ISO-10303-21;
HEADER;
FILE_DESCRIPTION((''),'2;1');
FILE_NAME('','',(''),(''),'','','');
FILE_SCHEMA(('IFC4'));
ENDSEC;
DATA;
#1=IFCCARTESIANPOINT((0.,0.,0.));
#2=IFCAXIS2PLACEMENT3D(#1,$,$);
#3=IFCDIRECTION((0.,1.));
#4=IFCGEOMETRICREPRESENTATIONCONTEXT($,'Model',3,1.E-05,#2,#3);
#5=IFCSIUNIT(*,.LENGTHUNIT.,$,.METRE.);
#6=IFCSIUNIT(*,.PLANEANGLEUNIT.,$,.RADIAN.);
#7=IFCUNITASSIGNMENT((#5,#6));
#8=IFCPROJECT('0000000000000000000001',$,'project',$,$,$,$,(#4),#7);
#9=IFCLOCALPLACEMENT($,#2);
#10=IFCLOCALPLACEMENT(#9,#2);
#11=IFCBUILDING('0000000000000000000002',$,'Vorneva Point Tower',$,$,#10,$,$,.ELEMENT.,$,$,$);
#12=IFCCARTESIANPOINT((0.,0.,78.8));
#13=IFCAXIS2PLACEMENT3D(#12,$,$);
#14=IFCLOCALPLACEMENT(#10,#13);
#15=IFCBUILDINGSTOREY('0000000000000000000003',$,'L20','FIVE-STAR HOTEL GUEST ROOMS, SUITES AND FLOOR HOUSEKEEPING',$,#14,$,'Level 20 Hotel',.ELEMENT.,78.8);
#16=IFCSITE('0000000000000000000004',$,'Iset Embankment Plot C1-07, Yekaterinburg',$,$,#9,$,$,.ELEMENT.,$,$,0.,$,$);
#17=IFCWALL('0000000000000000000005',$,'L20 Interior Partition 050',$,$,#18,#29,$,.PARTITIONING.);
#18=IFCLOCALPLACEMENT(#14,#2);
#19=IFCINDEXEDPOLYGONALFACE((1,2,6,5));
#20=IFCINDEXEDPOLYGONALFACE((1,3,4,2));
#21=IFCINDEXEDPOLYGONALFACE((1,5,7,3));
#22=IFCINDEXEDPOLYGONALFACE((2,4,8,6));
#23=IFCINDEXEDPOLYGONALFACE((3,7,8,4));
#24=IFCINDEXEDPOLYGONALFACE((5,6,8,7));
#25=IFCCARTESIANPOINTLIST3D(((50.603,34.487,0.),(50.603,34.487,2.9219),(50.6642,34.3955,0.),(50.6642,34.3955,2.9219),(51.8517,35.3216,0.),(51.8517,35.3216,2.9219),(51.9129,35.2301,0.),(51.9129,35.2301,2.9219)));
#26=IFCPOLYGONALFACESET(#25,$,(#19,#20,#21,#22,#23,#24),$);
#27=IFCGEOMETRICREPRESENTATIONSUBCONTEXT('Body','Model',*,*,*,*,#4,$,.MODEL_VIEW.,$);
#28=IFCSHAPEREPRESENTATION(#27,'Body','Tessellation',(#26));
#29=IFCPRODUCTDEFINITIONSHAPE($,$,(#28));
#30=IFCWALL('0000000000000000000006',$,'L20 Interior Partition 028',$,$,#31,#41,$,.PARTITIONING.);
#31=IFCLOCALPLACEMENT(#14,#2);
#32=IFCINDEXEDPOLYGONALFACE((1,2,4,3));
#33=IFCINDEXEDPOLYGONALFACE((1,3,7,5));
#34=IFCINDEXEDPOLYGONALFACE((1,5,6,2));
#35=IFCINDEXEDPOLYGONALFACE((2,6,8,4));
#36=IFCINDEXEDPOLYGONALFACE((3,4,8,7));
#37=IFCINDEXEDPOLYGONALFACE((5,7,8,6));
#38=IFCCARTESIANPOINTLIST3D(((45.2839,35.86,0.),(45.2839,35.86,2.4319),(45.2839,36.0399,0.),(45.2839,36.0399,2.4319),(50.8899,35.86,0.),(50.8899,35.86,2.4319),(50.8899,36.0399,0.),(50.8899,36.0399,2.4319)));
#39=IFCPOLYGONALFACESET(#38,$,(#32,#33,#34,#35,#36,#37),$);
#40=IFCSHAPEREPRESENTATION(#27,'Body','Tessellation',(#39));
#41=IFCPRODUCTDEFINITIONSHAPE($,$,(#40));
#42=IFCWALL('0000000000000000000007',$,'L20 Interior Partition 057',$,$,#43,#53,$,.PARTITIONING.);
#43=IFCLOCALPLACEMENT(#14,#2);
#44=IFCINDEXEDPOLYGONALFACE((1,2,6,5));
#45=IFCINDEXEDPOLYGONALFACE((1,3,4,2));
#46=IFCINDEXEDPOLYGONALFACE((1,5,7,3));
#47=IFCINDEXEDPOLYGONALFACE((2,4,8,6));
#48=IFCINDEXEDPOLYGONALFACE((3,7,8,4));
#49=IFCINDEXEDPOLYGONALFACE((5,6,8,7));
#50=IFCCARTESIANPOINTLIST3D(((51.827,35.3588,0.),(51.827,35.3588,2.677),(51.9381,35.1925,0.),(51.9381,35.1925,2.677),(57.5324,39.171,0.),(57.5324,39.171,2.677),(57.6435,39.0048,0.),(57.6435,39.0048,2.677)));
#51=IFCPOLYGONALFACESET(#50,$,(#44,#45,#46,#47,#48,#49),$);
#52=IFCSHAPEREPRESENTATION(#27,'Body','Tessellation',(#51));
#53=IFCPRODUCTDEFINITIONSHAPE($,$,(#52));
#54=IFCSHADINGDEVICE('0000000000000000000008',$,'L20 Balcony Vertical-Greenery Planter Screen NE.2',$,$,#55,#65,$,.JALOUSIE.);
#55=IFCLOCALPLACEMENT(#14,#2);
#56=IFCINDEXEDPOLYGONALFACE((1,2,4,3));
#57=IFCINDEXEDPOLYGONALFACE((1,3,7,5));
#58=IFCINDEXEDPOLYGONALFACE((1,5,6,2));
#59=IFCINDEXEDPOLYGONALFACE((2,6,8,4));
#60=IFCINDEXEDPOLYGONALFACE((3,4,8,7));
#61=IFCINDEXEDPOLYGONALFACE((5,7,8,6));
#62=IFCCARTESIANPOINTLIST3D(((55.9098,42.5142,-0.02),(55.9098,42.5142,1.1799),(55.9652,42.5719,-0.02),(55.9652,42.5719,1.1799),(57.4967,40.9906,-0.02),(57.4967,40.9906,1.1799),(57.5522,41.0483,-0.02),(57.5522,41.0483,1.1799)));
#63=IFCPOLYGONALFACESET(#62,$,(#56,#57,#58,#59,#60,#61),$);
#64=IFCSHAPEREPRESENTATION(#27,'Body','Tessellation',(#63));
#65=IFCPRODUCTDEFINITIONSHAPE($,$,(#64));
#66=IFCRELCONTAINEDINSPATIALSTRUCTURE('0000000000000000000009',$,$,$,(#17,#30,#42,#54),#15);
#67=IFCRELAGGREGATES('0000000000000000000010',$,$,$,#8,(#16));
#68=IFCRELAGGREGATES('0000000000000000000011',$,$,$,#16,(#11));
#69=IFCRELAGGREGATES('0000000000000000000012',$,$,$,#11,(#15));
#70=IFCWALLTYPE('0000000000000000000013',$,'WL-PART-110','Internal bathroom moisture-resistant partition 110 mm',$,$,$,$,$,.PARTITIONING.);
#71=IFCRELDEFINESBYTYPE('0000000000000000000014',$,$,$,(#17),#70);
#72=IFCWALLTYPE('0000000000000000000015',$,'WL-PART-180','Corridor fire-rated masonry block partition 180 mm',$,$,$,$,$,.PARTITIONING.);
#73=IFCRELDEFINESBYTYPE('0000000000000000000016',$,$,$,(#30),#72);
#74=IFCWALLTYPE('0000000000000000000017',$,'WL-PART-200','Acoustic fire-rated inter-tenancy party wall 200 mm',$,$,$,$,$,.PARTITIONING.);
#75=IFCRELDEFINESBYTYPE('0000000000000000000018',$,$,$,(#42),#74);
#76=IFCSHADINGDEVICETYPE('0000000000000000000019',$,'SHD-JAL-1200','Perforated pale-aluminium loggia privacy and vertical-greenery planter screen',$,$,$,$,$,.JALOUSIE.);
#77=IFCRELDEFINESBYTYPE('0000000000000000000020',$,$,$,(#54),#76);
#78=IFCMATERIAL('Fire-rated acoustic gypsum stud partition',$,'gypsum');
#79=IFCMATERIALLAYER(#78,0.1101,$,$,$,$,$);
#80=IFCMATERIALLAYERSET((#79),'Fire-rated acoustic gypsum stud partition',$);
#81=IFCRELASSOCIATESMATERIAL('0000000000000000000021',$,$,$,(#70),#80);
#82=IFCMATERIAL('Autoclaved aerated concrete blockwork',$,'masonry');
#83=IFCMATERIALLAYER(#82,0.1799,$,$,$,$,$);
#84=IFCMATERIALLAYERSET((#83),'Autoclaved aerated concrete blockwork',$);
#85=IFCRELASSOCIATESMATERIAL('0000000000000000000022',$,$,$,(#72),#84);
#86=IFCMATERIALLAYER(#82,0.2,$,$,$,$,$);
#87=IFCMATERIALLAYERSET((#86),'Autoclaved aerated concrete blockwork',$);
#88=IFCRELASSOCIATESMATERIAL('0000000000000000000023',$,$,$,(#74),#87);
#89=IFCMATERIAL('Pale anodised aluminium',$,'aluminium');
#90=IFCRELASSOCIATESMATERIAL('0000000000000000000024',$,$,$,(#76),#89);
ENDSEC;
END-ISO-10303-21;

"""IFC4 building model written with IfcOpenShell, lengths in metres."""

from ifc_helpers import new_model, si_unit, direction, frame, frame_2d, origin, origin_2d, place, context, subcontext, project, spatial, rectangle, extrude, material, layer, layer_set, type_object, element, save


model = new_model("IFC4")

# Units and contexts
model_context = context("Model", 3, precision=1e-05, world=origin(), true_north=direction((0.0, 1.0)))
body_context = subcontext(model_context, "Body", "Model", "MODEL_VIEW")
ifc_project = project(units=[si_unit("LENGTHUNIT", "METRE"), si_unit("PLANEANGLEUNIT", "RADIAN")], contexts=[model_context])

# Site, building, storey
site_placement = place(None, origin())
site = spatial("IfcSite", under=ifc_project, at=site_placement, Name="Iset Embankment Plot C1-07, Yekaterinburg", CompositionType="ELEMENT", RefElevation=0.0)
building_placement = place(site_placement, origin())
building = spatial("IfcBuilding", under=site, at=building_placement, Name="Vorneva Point Tower", CompositionType="ELEMENT")
storey_placement = place(building_placement, frame((0.0, 0.0, 78.8)))
storey = spatial("IfcBuildingStorey", under=building, at=storey_placement, Name="L20", Description="FIVE-STAR HOTEL GUEST ROOMS, SUITES AND FLOOR HOUSEKEEPING", LongName="Level 20 Hotel", CompositionType="ELEMENT", Elevation=78.8)

# Shared definitions
ifc_material_1 = material(Name="Pale anodised aluminium", Category="aluminium")

# Walls
ifc_material_2 = material(Name="Fire-rated acoustic gypsum stud partition", Category="gypsum")
ifc_layer_1 = layer(ifc_material_2, 0.1101)
ifc_layer_set_1 = layer_set([ifc_layer_1], Name="Fire-rated acoustic gypsum stud partition")
wall_type_1 = type_object("IfcWallType", Name="WL-PART-110", Description="Internal bathroom moisture-resistant partition 110 mm", PredefinedType="PARTITIONING", material=ifc_layer_set_1)
wall_1_placement = place(storey_placement, frame((51.8823, 35.2759, 0.0), z_axis=(0.0, 0.0, 1.0), x_axis=(-0.831375, -0.555713, 0.0)))
element("IfcWall", 1, at=wall_1_placement, inside=storey, type_object=wall_type_1, Name="L20 Interior Partition 050", PredefinedType="PARTITIONING", context=body_context, shape_type="SweptSolid", body=[
    extrude(rectangle(XDim=1.502, YDim=0.1101, at=frame_2d((0.751, 0.0))), origin(), (0.0, 0.0, 1.0), 2.9219),
])
ifc_material_3 = material(Name="Autoclaved aerated concrete blockwork", Category="masonry")
ifc_layer_2 = layer(ifc_material_3, 0.1799)
ifc_layer_set_2 = layer_set([ifc_layer_2], Name="Autoclaved aerated concrete blockwork")
wall_type_2 = type_object("IfcWallType", Name="WL-PART-180", Description="Corridor fire-rated masonry block partition 180 mm", PredefinedType="PARTITIONING", material=ifc_layer_set_2)
wall_2_placement = place(storey_placement, frame((50.8899, 35.95, 0.0), z_axis=(0.0, 0.0, 1.0), x_axis=(-1.0, 0.0, 0.0)))
element("IfcWall", 2, at=wall_2_placement, inside=storey, type_object=wall_type_2, Name="L20 Interior Partition 028", PredefinedType="PARTITIONING", context=body_context, shape_type="SweptSolid", body=[
    extrude(rectangle(XDim=5.606, YDim=0.1799, at=frame_2d((2.803, 0.0))), origin(), (0.0, 0.0, 1.0), 2.4319),
])
ifc_layer_3 = layer(ifc_material_3, 0.2)
ifc_layer_set_3 = layer_set([ifc_layer_3], Name="Autoclaved aerated concrete blockwork")
wall_type_3 = type_object("IfcWallType", Name="WL-PART-200", Description="Acoustic fire-rated inter-tenancy party wall 200 mm", PredefinedType="PARTITIONING", material=ifc_layer_set_3)
wall_3_placement = place(storey_placement, frame((51.8826, 35.2756, 0.0), z_axis=(0.0, 0.0, 1.0), x_axis=(0.831464, 0.555578, 0.0)))
element("IfcWall", 3, at=wall_3_placement, inside=storey, type_object=wall_type_3, Name="L20 Interior Partition 057", PredefinedType="PARTITIONING", context=body_context, shape_type="SweptSolid", body=[
    extrude(rectangle(XDim=6.8618, YDim=0.2, at=frame_2d((3.4309, 0.0))), origin(), (0.0, 0.0, 1.0), 2.677),
])

# Shading device
shading_device_type = type_object("IfcShadingDeviceType", Name="SHD-JAL-1200", Description="Perforated pale-aluminium loggia privacy and vertical-greenery planter screen", PredefinedType="JALOUSIE", material=ifc_material_1)
shading_device_placement = place(storey_placement, frame((56.731, 41.7812, -0.02), z_axis=(0.0, 0.0, 1.0), x_axis=(-0.721349, 0.692571, 0.0)))
element("IfcShadingDevice", 4, at=shading_device_placement, inside=storey, type_object=shading_device_type, Name="L20 Balcony Vertical-Greenery Planter Screen NE.2", PredefinedType="JALOUSIE", context=body_context, shape_type="SweptSolid", body=[
    extrude(rectangle(XDim=2.2, YDim=0.0801, at=origin_2d()), origin(), (0.0, 0.0, 1.0), 1.2),
])

save(model, "model.ifc")
